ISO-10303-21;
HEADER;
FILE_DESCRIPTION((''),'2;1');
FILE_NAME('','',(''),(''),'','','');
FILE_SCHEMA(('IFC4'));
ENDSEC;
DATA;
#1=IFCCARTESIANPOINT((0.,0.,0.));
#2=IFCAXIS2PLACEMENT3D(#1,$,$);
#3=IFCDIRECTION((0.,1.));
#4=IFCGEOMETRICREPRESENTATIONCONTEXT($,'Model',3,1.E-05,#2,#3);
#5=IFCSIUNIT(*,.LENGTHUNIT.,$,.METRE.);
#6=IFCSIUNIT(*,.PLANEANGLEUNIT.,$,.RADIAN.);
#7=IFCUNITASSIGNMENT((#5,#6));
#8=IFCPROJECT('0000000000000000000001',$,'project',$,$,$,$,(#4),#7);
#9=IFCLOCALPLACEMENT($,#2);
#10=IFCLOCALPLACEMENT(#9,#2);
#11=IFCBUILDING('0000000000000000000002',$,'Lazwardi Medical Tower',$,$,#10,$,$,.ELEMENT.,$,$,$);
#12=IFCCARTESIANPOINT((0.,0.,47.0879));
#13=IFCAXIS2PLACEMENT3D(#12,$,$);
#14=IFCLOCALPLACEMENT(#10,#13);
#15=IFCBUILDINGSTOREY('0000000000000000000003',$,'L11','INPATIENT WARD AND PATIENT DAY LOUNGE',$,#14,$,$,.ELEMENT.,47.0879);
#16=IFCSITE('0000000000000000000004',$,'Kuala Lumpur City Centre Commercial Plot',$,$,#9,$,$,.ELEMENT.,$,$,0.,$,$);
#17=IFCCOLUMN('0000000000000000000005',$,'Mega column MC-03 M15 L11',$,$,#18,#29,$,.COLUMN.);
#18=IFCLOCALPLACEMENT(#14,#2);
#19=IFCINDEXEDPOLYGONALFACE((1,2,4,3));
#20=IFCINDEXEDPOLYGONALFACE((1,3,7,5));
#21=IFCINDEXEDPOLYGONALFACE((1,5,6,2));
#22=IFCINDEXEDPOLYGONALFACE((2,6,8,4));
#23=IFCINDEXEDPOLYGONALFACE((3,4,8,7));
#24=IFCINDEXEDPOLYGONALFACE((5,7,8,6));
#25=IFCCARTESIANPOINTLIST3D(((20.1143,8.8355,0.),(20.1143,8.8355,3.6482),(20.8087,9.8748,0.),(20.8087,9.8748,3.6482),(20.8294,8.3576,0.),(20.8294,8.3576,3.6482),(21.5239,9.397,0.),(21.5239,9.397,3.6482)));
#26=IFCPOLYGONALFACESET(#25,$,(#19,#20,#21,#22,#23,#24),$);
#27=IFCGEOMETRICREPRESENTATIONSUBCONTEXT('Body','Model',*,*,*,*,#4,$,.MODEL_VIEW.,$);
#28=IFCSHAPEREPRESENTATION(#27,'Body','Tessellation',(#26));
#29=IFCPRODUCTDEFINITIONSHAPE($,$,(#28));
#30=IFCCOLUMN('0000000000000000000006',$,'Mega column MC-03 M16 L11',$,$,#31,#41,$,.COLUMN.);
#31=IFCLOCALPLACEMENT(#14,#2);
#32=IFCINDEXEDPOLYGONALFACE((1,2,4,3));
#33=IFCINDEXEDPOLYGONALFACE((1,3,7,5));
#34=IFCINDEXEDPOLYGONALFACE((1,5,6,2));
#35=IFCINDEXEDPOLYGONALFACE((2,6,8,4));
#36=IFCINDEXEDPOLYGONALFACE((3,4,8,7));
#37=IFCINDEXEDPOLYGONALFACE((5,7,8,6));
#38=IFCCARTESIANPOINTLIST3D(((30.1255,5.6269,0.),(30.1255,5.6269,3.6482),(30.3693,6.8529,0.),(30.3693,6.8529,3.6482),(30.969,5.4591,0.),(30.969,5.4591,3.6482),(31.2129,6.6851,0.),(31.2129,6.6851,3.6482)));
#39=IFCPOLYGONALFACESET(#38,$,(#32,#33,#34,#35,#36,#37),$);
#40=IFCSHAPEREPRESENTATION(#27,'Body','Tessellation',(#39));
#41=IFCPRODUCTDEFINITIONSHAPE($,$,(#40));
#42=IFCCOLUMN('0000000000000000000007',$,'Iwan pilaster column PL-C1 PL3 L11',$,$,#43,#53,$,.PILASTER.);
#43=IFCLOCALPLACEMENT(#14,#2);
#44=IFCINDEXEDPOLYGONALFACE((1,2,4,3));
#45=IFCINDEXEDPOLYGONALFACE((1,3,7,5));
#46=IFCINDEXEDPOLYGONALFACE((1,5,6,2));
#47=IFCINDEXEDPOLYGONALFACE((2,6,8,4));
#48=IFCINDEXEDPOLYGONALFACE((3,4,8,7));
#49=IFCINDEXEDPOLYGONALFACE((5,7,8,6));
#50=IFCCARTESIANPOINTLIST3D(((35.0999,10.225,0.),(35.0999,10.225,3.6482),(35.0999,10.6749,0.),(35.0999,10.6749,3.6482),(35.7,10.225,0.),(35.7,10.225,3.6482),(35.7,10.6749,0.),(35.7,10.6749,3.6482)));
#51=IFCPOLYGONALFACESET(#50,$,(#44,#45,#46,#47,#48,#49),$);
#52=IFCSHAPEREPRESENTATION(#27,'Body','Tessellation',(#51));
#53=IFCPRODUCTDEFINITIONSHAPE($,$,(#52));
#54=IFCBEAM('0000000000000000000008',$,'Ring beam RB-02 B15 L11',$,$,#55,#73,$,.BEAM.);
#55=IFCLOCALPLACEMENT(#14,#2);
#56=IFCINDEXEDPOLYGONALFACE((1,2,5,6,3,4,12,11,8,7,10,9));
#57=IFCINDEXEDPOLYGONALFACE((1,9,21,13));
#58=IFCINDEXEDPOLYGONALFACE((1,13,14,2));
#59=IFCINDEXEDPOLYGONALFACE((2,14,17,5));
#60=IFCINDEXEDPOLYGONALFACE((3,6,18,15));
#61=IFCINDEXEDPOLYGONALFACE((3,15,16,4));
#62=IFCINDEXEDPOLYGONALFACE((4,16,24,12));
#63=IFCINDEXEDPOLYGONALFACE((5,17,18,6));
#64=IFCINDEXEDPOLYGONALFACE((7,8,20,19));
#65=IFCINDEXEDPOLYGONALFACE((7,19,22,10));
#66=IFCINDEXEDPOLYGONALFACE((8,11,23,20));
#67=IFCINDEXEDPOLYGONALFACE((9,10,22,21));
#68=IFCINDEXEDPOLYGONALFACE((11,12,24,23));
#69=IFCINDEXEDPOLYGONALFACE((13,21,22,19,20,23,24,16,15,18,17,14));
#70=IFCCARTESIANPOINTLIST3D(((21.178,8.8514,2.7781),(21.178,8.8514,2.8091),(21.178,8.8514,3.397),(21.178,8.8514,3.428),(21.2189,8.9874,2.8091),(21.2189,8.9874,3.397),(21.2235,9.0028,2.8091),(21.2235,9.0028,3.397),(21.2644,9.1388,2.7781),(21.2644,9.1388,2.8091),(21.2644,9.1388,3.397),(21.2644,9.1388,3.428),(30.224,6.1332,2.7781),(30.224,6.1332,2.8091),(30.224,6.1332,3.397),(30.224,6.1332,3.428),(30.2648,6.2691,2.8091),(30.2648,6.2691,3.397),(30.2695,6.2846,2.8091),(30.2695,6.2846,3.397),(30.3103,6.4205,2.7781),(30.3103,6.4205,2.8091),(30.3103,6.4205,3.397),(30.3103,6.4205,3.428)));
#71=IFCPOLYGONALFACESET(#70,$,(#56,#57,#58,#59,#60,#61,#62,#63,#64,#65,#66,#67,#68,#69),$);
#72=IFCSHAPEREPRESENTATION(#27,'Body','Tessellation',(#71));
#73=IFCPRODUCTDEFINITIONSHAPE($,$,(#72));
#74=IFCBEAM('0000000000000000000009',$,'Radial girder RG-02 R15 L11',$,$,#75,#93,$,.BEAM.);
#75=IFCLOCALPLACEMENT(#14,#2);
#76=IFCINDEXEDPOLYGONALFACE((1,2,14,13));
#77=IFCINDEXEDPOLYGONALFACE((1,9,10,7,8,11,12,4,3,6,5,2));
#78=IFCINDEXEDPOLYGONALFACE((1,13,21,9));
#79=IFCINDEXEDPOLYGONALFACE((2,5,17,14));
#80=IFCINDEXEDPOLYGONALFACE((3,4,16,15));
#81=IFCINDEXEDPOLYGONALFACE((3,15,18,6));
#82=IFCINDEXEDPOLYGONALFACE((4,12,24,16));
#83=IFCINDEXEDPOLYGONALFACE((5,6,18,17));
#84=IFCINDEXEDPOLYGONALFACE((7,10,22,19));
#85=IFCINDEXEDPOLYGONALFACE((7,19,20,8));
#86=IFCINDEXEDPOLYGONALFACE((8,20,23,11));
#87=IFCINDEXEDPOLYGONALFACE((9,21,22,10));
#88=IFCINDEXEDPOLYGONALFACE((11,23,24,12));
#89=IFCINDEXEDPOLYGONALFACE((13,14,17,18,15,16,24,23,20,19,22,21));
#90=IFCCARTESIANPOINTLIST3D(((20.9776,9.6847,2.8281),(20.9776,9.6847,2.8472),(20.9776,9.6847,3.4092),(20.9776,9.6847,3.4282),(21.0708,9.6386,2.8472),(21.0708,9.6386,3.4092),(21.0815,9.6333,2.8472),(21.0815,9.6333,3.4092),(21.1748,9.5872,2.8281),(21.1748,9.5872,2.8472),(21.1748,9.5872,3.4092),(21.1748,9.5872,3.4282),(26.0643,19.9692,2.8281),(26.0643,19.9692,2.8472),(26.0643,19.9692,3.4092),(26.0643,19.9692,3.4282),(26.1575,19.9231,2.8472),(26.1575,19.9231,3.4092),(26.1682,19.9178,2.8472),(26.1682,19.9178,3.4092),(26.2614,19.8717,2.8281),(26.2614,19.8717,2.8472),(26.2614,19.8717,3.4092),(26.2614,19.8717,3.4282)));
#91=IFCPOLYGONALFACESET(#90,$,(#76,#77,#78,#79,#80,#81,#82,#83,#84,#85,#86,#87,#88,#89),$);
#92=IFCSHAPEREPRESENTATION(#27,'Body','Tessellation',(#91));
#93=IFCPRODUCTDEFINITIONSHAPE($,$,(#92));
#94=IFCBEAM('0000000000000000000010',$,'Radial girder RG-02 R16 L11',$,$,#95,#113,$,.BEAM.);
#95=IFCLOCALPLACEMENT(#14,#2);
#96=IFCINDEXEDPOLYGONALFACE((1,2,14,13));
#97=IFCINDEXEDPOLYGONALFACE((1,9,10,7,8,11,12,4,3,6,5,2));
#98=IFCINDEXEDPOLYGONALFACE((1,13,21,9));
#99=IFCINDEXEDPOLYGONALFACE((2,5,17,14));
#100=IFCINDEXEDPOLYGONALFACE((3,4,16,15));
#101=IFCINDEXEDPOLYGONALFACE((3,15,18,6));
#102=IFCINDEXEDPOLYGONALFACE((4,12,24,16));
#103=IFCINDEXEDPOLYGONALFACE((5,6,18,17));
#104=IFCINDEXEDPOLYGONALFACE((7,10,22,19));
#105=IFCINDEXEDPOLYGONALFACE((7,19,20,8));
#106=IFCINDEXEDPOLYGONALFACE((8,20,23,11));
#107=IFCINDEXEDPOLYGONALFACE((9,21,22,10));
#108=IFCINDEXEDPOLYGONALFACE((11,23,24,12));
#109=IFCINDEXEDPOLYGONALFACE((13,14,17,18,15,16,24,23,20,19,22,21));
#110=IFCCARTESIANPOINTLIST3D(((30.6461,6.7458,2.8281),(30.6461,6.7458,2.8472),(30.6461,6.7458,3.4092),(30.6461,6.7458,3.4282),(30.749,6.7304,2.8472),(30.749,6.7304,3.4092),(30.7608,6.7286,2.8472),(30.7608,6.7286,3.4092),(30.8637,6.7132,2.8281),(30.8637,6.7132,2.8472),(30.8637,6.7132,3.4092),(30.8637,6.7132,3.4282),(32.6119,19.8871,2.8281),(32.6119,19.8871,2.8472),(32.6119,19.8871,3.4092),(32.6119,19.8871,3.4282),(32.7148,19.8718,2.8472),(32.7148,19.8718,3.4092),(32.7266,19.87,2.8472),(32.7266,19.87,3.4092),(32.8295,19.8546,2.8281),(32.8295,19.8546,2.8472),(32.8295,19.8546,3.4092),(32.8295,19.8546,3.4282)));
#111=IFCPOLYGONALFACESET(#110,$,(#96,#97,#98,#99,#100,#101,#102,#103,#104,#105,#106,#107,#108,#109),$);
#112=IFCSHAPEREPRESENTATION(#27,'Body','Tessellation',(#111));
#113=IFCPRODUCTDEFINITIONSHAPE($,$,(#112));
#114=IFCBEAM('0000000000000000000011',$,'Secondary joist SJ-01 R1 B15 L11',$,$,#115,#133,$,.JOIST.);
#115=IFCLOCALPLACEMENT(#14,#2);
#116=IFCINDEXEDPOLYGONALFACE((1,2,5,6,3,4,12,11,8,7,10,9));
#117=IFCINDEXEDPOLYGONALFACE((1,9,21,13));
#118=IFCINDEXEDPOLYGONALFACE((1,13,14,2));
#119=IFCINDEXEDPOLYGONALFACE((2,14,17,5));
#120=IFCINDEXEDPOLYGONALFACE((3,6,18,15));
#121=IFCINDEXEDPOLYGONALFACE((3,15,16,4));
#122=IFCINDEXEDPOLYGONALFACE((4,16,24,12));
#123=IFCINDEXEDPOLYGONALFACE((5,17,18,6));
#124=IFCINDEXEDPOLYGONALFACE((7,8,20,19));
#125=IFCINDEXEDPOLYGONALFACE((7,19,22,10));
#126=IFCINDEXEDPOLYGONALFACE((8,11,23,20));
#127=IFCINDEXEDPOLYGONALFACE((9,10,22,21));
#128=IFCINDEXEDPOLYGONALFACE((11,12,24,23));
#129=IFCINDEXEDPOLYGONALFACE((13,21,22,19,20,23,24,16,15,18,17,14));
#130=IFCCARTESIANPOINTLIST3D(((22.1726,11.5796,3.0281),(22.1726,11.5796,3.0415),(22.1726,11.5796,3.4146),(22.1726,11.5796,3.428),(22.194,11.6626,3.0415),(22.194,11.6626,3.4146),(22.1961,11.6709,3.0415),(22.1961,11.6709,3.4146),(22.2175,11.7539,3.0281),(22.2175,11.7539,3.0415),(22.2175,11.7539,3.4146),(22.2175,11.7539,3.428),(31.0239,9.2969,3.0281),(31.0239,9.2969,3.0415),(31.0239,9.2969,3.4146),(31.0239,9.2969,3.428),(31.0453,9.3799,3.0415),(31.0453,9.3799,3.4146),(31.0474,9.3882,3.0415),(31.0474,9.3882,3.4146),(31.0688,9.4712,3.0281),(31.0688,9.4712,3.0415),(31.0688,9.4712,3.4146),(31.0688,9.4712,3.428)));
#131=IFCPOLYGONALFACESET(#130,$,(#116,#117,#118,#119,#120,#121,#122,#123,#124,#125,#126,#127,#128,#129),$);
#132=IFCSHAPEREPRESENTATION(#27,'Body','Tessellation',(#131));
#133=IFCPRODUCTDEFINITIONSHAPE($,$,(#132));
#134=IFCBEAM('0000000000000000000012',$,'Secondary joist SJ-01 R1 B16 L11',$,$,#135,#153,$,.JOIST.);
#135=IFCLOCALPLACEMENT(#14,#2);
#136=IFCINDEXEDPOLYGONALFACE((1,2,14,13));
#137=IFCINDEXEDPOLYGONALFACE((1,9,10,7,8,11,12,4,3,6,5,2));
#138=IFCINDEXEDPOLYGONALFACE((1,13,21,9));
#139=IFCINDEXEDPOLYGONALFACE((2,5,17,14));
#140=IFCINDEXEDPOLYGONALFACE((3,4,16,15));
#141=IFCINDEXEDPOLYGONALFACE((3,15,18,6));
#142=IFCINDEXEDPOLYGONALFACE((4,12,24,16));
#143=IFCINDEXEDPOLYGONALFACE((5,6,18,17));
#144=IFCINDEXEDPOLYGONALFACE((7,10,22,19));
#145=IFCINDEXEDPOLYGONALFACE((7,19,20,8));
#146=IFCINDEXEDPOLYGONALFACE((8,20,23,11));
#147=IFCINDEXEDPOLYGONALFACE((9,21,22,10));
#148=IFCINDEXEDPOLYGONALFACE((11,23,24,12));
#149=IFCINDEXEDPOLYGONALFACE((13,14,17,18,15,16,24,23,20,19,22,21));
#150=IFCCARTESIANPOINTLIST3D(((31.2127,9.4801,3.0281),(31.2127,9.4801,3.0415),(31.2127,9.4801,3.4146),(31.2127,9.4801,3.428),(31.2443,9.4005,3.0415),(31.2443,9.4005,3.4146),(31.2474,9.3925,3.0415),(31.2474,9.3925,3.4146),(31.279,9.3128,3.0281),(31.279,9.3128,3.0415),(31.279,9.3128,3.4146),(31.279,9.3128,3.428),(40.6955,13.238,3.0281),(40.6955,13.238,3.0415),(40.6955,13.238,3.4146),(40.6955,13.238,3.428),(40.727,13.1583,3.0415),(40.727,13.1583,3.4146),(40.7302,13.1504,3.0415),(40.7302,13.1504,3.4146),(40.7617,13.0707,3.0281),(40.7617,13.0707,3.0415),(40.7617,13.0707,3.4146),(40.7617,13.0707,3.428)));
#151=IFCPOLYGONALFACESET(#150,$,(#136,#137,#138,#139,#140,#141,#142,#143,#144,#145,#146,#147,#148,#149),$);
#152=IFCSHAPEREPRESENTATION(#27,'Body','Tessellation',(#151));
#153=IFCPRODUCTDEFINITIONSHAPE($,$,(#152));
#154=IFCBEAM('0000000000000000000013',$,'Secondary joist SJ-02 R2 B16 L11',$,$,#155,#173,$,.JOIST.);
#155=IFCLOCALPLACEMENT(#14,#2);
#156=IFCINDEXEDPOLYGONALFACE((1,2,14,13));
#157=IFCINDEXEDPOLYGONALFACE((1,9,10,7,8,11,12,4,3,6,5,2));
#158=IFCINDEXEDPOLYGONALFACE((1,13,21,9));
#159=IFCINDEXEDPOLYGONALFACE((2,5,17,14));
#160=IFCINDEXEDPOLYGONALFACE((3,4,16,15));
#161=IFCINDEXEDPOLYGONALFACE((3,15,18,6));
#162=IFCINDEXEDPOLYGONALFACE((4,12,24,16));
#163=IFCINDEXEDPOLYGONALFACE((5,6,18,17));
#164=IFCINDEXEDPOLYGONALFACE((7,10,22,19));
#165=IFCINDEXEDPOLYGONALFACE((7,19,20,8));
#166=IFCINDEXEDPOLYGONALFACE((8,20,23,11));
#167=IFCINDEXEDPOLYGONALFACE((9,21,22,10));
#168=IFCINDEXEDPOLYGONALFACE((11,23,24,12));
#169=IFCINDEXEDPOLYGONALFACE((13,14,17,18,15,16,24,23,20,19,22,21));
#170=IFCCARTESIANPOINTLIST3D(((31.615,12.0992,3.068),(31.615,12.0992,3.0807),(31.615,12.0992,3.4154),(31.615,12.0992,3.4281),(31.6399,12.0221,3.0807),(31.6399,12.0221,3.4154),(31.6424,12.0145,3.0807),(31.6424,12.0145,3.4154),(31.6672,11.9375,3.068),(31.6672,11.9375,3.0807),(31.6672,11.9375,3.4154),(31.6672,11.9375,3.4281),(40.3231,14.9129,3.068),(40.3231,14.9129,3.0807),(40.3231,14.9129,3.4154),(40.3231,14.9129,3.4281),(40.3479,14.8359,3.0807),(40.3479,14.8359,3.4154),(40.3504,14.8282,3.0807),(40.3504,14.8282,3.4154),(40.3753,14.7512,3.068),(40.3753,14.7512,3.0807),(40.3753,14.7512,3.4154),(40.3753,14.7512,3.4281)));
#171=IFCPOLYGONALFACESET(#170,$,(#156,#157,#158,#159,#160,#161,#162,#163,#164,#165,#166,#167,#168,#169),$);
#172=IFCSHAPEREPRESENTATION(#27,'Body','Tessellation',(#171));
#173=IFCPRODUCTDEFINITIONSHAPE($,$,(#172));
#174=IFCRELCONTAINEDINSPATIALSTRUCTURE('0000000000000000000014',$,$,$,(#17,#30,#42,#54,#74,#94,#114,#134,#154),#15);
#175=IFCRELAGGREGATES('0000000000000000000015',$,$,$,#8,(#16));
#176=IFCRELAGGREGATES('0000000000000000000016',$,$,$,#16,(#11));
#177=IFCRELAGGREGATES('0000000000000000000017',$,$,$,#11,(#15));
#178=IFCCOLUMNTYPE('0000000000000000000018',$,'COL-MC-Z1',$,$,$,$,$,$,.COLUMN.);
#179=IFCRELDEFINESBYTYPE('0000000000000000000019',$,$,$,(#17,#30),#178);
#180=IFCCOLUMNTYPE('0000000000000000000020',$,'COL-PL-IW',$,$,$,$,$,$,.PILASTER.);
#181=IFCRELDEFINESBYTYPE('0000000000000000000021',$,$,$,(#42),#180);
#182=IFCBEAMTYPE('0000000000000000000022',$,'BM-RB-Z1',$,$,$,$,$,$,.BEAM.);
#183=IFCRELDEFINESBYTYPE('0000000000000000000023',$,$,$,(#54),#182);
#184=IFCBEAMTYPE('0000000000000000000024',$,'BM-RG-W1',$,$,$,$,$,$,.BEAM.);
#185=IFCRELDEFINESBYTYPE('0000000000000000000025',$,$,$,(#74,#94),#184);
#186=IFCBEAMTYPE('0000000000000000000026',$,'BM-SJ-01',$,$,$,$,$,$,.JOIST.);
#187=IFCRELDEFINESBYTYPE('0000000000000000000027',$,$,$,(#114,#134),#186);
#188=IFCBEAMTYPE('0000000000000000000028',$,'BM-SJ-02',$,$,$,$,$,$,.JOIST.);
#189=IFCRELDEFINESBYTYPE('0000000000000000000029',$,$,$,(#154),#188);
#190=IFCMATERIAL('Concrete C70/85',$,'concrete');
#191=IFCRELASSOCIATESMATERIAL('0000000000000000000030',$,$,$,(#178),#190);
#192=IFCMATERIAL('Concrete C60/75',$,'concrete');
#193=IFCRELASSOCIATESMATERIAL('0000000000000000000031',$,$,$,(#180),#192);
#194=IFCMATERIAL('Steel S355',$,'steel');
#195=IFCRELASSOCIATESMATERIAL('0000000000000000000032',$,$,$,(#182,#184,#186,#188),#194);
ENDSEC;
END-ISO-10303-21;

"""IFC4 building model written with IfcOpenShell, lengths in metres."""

from ifc_helpers import new_model, si_unit, direction, frame, origin, origin_2d, place, context, subcontext, project, spatial, rectangle, i_section, extrude, material, material_profile, profile_set, type_object, element, save


model = new_model("IFC4")

# Units and contexts
model_context = context("Model", 3, precision=1e-05, world=origin(), true_north=direction((0.0, 1.0)))
body_context = subcontext(model_context, "Body", "Model", "MODEL_VIEW")
ifc_project = project(units=[si_unit("LENGTHUNIT", "METRE"), si_unit("PLANEANGLEUNIT", "RADIAN")], contexts=[model_context])

# Site, building, storey
site_placement = place(None, origin())
site = spatial("IfcSite", under=ifc_project, at=site_placement, Name="Kuala Lumpur City Centre Commercial Plot", CompositionType="ELEMENT", RefElevation=0.0)
building_placement = place(site_placement, origin())
building = spatial("IfcBuilding", under=site, at=building_placement, Name="Lazwardi Medical Tower", CompositionType="ELEMENT")
storey_placement = place(building_placement, frame((0.0, 0.0, 47.0879)))
storey = spatial("IfcBuildingStorey", under=building, at=storey_placement, Name="L11", Description="INPATIENT WARD AND PATIENT DAY LOUNGE", CompositionType="ELEMENT", Elevation=47.0879)

# Columns
ifc_material_1 = material(Name="Concrete C70/85", Category="concrete")
ifc_material_profile_1 = material_profile(ifc_material_1, rectangle(XDim=1.25, YDim=0.8601, at=origin_2d()), Name="CFT-RECT 1250x860")
ifc_profile_set_1 = profile_set([ifc_material_profile_1], Name="Concrete C70/85")
column_type_1 = type_object("IfcColumnType", Name="COL-MC-Z1", PredefinedType="COLUMN", material=ifc_profile_set_1)
for number, where, z_axis, x_axis, name in (
    (1, (20.8191, 9.1162, 0.0), (0.0, 0.0, 1.0), (-0.55557, -0.83147, 0.0), "Mega column MC-03 M15 L11"),
    (2, (30.6692, 6.156, 0.0), (0.0, 0.0, 1.0), (-0.19509, -0.980785, 0.0), "Mega column MC-03 M16 L11"),
):
    element("IfcColumn", number, at=place(storey_placement, frame(where, z_axis=z_axis, x_axis=x_axis)), inside=storey, type_object=column_type_1, Name=name, PredefinedType="COLUMN", context=body_context, shape_type="SweptSolid", body=[
        extrude(rectangle(XDim=1.25, YDim=0.8601, at=origin_2d()), origin(), (0.0, 0.0, 1.0), 3.6482),
    ])
ifc_material_2 = material(Name="Concrete C60/75", Category="concrete")
ifc_material_profile_2 = material_profile(ifc_material_2, rectangle(XDim=0.6001, YDim=0.45, at=origin_2d()), Name="RC 600x450")
ifc_profile_set_2 = profile_set([ifc_material_profile_2], Name="Concrete C60/75")
column_type_2 = type_object("IfcColumnType", Name="COL-PL-IW", PredefinedType="PILASTER", material=ifc_profile_set_2)
column_placement = place(storey_placement, frame((35.3999, 10.45, 0.0), z_axis=(0.0, 0.0, 1.0), x_axis=(1.0, 0.0, 0.0)))
element("IfcColumn", 3, at=column_placement, inside=storey, type_object=column_type_2, Name="Iwan pilaster column PL-C1 PL3 L11", PredefinedType="PILASTER", context=body_context, shape_type="SweptSolid", body=[
    extrude(rectangle(XDim=0.6001, YDim=0.45, at=origin_2d()), origin(), (0.0, 0.0, 1.0), 3.6482),
])

# Beams
ifc_material_3 = material(Name="Steel S355", Category="steel")
ifc_material_profile_3 = material_profile(ifc_material_3, i_section(OverallWidth=0.3, OverallDepth=0.6499, WebThickness=0.0161, FlangeThickness=0.031, at=origin_2d()), Name="HEB 650")
ifc_profile_set_3 = profile_set([ifc_material_profile_3], Name="Steel S355")
beam_type_1 = type_object("IfcBeamType", Name="BM-RB-Z1", PredefinedType="BEAM", material=ifc_profile_set_3)
beam_1_placement = place(storey_placement, frame((21.2212, 8.9951, 3.103), z_axis=(0.957695, -0.287784, 0.0), x_axis=(0.287784, 0.957695, 0.0)))
element("IfcBeam", 4, at=beam_1_placement, inside=storey, type_object=beam_type_1, Name="Ring beam RB-02 B15 L11", PredefinedType="BEAM", context=body_context, shape_type="SweptSolid", body=[
    extrude(i_section(OverallWidth=0.3, OverallDepth=0.6499, WebThickness=0.0161, FlangeThickness=0.031, at=origin_2d()), origin(), (0.0, 0.0, 1.0), 9.4456),
])
ifc_material_profile_4 = material_profile(ifc_material_3, i_section(OverallWidth=0.22, OverallDepth=0.6001, WebThickness=0.012, FlangeThickness=0.019, at=origin_2d()), Name="IPE 600")
ifc_profile_set_4 = profile_set([ifc_material_profile_4], Name="Steel S355")
beam_type_2 = type_object("IfcBeamType", Name="BM-RG-W1", PredefinedType="BEAM", material=ifc_profile_set_4)
beam_2_placement = place(storey_placement, frame((21.0762, 9.636, 3.1282), z_axis=(0.443337, 0.896355, 0.0), x_axis=(-0.896355, 0.443337, 0.0)))
element("IfcBeam", 5, at=beam_2_placement, inside=storey, type_object=beam_type_2, Name="Radial girder RG-02 R15 L11", PredefinedType="BEAM", context=body_context, shape_type="SweptSolid", body=[
    extrude(i_section(OverallWidth=0.22, OverallDepth=0.6001, WebThickness=0.012, FlangeThickness=0.019, at=origin_2d()), origin(), (0.0, 0.0, 1.0), 11.4736),
])
beam_3_placement = place(storey_placement, frame((30.7549, 6.7295, 3.1282), z_axis=(0.147944, 0.988996, 0.0), x_axis=(-0.988996, 0.147944, 0.0)))
element("IfcBeam", 6, at=beam_3_placement, inside=storey, type_object=beam_type_2, Name="Radial girder RG-02 R16 L11", PredefinedType="BEAM", context=body_context, shape_type="SweptSolid", body=[
    extrude(i_section(OverallWidth=0.22, OverallDepth=0.6001, WebThickness=0.012, FlangeThickness=0.019, at=origin_2d()), origin(), (0.0, 0.0, 1.0), 13.2876),
])
ifc_material_profile_5 = material_profile(ifc_material_3, i_section(OverallWidth=0.1799, OverallDepth=0.3999, WebThickness=0.0085, FlangeThickness=0.0134, at=origin_2d()), Name="IPE 400")
ifc_profile_set_5 = profile_set([ifc_material_profile_5], Name="Steel S355")
beam_type_3 = type_object("IfcBeamType", Name="BM-SJ-01", PredefinedType="JOIST", material=ifc_profile_set_5)
beam_4_placement = place(storey_placement, frame((22.1951, 11.6667, 3.228), z_axis=(0.968317, -0.249725, 0.0), x_axis=(0.249725, 0.968317, 0.0)))
element("IfcBeam", 7, at=beam_4_placement, inside=storey, type_object=beam_type_3, Name="Secondary joist SJ-01 R1 B15 L11", PredefinedType="JOIST", context=body_context, shape_type="SweptSolid", body=[
    extrude(i_section(OverallWidth=0.1799, OverallDepth=0.3999, WebThickness=0.0085, FlangeThickness=0.0134, at=origin_2d()), origin(), (0.0, 0.0, 1.0), 9.1409),
])
beam_5_placement = place(storey_placement, frame((31.2458, 9.3965, 3.228), z_axis=(0.929664, 0.368409, 0.0), x_axis=(-0.368409, 0.929664, 0.0)))
element("IfcBeam", 8, at=beam_5_placement, inside=storey, type_object=beam_type_3, Name="Secondary joist SJ-01 R1 B16 L11", PredefinedType="JOIST", context=body_context, shape_type="SweptSolid", body=[
    extrude(i_section(OverallWidth=0.1799, OverallDepth=0.3999, WebThickness=0.0085, FlangeThickness=0.0134, at=origin_2d()), origin(), (0.0, 0.0, 1.0), 10.2002),
])
ifc_material_profile_6 = material_profile(ifc_material_3, i_section(OverallWidth=0.1699, OverallDepth=0.3601, WebThickness=0.0081, FlangeThickness=0.0127, at=origin_2d()), Name="IPE 360")
ifc_profile_set_6 = profile_set([ifc_material_profile_6], Name="Steel S355")
beam_type_4 = type_object("IfcBeamType", Name="BM-SJ-02", PredefinedType="JOIST", material=ifc_profile_set_6)
beam_6_placement = place(storey_placement, frame((31.6411, 12.0183, 3.248), z_axis=(0.951559, 0.307467, 0.0), x_axis=(-0.307467, 0.951559, 0.0)))
element("IfcBeam", 9, at=beam_6_placement, inside=storey, type_object=beam_type_4, Name="Secondary joist SJ-02 R2 B16 L11", PredefinedType="JOIST", context=body_context, shape_type="SweptSolid", body=[
    extrude(i_section(OverallWidth=0.1699, OverallDepth=0.3601, WebThickness=0.0081, FlangeThickness=0.0127, at=origin_2d()), origin(), (0.0, 0.0, 1.0), 9.1514),
])

save(model, "model.ifc")
